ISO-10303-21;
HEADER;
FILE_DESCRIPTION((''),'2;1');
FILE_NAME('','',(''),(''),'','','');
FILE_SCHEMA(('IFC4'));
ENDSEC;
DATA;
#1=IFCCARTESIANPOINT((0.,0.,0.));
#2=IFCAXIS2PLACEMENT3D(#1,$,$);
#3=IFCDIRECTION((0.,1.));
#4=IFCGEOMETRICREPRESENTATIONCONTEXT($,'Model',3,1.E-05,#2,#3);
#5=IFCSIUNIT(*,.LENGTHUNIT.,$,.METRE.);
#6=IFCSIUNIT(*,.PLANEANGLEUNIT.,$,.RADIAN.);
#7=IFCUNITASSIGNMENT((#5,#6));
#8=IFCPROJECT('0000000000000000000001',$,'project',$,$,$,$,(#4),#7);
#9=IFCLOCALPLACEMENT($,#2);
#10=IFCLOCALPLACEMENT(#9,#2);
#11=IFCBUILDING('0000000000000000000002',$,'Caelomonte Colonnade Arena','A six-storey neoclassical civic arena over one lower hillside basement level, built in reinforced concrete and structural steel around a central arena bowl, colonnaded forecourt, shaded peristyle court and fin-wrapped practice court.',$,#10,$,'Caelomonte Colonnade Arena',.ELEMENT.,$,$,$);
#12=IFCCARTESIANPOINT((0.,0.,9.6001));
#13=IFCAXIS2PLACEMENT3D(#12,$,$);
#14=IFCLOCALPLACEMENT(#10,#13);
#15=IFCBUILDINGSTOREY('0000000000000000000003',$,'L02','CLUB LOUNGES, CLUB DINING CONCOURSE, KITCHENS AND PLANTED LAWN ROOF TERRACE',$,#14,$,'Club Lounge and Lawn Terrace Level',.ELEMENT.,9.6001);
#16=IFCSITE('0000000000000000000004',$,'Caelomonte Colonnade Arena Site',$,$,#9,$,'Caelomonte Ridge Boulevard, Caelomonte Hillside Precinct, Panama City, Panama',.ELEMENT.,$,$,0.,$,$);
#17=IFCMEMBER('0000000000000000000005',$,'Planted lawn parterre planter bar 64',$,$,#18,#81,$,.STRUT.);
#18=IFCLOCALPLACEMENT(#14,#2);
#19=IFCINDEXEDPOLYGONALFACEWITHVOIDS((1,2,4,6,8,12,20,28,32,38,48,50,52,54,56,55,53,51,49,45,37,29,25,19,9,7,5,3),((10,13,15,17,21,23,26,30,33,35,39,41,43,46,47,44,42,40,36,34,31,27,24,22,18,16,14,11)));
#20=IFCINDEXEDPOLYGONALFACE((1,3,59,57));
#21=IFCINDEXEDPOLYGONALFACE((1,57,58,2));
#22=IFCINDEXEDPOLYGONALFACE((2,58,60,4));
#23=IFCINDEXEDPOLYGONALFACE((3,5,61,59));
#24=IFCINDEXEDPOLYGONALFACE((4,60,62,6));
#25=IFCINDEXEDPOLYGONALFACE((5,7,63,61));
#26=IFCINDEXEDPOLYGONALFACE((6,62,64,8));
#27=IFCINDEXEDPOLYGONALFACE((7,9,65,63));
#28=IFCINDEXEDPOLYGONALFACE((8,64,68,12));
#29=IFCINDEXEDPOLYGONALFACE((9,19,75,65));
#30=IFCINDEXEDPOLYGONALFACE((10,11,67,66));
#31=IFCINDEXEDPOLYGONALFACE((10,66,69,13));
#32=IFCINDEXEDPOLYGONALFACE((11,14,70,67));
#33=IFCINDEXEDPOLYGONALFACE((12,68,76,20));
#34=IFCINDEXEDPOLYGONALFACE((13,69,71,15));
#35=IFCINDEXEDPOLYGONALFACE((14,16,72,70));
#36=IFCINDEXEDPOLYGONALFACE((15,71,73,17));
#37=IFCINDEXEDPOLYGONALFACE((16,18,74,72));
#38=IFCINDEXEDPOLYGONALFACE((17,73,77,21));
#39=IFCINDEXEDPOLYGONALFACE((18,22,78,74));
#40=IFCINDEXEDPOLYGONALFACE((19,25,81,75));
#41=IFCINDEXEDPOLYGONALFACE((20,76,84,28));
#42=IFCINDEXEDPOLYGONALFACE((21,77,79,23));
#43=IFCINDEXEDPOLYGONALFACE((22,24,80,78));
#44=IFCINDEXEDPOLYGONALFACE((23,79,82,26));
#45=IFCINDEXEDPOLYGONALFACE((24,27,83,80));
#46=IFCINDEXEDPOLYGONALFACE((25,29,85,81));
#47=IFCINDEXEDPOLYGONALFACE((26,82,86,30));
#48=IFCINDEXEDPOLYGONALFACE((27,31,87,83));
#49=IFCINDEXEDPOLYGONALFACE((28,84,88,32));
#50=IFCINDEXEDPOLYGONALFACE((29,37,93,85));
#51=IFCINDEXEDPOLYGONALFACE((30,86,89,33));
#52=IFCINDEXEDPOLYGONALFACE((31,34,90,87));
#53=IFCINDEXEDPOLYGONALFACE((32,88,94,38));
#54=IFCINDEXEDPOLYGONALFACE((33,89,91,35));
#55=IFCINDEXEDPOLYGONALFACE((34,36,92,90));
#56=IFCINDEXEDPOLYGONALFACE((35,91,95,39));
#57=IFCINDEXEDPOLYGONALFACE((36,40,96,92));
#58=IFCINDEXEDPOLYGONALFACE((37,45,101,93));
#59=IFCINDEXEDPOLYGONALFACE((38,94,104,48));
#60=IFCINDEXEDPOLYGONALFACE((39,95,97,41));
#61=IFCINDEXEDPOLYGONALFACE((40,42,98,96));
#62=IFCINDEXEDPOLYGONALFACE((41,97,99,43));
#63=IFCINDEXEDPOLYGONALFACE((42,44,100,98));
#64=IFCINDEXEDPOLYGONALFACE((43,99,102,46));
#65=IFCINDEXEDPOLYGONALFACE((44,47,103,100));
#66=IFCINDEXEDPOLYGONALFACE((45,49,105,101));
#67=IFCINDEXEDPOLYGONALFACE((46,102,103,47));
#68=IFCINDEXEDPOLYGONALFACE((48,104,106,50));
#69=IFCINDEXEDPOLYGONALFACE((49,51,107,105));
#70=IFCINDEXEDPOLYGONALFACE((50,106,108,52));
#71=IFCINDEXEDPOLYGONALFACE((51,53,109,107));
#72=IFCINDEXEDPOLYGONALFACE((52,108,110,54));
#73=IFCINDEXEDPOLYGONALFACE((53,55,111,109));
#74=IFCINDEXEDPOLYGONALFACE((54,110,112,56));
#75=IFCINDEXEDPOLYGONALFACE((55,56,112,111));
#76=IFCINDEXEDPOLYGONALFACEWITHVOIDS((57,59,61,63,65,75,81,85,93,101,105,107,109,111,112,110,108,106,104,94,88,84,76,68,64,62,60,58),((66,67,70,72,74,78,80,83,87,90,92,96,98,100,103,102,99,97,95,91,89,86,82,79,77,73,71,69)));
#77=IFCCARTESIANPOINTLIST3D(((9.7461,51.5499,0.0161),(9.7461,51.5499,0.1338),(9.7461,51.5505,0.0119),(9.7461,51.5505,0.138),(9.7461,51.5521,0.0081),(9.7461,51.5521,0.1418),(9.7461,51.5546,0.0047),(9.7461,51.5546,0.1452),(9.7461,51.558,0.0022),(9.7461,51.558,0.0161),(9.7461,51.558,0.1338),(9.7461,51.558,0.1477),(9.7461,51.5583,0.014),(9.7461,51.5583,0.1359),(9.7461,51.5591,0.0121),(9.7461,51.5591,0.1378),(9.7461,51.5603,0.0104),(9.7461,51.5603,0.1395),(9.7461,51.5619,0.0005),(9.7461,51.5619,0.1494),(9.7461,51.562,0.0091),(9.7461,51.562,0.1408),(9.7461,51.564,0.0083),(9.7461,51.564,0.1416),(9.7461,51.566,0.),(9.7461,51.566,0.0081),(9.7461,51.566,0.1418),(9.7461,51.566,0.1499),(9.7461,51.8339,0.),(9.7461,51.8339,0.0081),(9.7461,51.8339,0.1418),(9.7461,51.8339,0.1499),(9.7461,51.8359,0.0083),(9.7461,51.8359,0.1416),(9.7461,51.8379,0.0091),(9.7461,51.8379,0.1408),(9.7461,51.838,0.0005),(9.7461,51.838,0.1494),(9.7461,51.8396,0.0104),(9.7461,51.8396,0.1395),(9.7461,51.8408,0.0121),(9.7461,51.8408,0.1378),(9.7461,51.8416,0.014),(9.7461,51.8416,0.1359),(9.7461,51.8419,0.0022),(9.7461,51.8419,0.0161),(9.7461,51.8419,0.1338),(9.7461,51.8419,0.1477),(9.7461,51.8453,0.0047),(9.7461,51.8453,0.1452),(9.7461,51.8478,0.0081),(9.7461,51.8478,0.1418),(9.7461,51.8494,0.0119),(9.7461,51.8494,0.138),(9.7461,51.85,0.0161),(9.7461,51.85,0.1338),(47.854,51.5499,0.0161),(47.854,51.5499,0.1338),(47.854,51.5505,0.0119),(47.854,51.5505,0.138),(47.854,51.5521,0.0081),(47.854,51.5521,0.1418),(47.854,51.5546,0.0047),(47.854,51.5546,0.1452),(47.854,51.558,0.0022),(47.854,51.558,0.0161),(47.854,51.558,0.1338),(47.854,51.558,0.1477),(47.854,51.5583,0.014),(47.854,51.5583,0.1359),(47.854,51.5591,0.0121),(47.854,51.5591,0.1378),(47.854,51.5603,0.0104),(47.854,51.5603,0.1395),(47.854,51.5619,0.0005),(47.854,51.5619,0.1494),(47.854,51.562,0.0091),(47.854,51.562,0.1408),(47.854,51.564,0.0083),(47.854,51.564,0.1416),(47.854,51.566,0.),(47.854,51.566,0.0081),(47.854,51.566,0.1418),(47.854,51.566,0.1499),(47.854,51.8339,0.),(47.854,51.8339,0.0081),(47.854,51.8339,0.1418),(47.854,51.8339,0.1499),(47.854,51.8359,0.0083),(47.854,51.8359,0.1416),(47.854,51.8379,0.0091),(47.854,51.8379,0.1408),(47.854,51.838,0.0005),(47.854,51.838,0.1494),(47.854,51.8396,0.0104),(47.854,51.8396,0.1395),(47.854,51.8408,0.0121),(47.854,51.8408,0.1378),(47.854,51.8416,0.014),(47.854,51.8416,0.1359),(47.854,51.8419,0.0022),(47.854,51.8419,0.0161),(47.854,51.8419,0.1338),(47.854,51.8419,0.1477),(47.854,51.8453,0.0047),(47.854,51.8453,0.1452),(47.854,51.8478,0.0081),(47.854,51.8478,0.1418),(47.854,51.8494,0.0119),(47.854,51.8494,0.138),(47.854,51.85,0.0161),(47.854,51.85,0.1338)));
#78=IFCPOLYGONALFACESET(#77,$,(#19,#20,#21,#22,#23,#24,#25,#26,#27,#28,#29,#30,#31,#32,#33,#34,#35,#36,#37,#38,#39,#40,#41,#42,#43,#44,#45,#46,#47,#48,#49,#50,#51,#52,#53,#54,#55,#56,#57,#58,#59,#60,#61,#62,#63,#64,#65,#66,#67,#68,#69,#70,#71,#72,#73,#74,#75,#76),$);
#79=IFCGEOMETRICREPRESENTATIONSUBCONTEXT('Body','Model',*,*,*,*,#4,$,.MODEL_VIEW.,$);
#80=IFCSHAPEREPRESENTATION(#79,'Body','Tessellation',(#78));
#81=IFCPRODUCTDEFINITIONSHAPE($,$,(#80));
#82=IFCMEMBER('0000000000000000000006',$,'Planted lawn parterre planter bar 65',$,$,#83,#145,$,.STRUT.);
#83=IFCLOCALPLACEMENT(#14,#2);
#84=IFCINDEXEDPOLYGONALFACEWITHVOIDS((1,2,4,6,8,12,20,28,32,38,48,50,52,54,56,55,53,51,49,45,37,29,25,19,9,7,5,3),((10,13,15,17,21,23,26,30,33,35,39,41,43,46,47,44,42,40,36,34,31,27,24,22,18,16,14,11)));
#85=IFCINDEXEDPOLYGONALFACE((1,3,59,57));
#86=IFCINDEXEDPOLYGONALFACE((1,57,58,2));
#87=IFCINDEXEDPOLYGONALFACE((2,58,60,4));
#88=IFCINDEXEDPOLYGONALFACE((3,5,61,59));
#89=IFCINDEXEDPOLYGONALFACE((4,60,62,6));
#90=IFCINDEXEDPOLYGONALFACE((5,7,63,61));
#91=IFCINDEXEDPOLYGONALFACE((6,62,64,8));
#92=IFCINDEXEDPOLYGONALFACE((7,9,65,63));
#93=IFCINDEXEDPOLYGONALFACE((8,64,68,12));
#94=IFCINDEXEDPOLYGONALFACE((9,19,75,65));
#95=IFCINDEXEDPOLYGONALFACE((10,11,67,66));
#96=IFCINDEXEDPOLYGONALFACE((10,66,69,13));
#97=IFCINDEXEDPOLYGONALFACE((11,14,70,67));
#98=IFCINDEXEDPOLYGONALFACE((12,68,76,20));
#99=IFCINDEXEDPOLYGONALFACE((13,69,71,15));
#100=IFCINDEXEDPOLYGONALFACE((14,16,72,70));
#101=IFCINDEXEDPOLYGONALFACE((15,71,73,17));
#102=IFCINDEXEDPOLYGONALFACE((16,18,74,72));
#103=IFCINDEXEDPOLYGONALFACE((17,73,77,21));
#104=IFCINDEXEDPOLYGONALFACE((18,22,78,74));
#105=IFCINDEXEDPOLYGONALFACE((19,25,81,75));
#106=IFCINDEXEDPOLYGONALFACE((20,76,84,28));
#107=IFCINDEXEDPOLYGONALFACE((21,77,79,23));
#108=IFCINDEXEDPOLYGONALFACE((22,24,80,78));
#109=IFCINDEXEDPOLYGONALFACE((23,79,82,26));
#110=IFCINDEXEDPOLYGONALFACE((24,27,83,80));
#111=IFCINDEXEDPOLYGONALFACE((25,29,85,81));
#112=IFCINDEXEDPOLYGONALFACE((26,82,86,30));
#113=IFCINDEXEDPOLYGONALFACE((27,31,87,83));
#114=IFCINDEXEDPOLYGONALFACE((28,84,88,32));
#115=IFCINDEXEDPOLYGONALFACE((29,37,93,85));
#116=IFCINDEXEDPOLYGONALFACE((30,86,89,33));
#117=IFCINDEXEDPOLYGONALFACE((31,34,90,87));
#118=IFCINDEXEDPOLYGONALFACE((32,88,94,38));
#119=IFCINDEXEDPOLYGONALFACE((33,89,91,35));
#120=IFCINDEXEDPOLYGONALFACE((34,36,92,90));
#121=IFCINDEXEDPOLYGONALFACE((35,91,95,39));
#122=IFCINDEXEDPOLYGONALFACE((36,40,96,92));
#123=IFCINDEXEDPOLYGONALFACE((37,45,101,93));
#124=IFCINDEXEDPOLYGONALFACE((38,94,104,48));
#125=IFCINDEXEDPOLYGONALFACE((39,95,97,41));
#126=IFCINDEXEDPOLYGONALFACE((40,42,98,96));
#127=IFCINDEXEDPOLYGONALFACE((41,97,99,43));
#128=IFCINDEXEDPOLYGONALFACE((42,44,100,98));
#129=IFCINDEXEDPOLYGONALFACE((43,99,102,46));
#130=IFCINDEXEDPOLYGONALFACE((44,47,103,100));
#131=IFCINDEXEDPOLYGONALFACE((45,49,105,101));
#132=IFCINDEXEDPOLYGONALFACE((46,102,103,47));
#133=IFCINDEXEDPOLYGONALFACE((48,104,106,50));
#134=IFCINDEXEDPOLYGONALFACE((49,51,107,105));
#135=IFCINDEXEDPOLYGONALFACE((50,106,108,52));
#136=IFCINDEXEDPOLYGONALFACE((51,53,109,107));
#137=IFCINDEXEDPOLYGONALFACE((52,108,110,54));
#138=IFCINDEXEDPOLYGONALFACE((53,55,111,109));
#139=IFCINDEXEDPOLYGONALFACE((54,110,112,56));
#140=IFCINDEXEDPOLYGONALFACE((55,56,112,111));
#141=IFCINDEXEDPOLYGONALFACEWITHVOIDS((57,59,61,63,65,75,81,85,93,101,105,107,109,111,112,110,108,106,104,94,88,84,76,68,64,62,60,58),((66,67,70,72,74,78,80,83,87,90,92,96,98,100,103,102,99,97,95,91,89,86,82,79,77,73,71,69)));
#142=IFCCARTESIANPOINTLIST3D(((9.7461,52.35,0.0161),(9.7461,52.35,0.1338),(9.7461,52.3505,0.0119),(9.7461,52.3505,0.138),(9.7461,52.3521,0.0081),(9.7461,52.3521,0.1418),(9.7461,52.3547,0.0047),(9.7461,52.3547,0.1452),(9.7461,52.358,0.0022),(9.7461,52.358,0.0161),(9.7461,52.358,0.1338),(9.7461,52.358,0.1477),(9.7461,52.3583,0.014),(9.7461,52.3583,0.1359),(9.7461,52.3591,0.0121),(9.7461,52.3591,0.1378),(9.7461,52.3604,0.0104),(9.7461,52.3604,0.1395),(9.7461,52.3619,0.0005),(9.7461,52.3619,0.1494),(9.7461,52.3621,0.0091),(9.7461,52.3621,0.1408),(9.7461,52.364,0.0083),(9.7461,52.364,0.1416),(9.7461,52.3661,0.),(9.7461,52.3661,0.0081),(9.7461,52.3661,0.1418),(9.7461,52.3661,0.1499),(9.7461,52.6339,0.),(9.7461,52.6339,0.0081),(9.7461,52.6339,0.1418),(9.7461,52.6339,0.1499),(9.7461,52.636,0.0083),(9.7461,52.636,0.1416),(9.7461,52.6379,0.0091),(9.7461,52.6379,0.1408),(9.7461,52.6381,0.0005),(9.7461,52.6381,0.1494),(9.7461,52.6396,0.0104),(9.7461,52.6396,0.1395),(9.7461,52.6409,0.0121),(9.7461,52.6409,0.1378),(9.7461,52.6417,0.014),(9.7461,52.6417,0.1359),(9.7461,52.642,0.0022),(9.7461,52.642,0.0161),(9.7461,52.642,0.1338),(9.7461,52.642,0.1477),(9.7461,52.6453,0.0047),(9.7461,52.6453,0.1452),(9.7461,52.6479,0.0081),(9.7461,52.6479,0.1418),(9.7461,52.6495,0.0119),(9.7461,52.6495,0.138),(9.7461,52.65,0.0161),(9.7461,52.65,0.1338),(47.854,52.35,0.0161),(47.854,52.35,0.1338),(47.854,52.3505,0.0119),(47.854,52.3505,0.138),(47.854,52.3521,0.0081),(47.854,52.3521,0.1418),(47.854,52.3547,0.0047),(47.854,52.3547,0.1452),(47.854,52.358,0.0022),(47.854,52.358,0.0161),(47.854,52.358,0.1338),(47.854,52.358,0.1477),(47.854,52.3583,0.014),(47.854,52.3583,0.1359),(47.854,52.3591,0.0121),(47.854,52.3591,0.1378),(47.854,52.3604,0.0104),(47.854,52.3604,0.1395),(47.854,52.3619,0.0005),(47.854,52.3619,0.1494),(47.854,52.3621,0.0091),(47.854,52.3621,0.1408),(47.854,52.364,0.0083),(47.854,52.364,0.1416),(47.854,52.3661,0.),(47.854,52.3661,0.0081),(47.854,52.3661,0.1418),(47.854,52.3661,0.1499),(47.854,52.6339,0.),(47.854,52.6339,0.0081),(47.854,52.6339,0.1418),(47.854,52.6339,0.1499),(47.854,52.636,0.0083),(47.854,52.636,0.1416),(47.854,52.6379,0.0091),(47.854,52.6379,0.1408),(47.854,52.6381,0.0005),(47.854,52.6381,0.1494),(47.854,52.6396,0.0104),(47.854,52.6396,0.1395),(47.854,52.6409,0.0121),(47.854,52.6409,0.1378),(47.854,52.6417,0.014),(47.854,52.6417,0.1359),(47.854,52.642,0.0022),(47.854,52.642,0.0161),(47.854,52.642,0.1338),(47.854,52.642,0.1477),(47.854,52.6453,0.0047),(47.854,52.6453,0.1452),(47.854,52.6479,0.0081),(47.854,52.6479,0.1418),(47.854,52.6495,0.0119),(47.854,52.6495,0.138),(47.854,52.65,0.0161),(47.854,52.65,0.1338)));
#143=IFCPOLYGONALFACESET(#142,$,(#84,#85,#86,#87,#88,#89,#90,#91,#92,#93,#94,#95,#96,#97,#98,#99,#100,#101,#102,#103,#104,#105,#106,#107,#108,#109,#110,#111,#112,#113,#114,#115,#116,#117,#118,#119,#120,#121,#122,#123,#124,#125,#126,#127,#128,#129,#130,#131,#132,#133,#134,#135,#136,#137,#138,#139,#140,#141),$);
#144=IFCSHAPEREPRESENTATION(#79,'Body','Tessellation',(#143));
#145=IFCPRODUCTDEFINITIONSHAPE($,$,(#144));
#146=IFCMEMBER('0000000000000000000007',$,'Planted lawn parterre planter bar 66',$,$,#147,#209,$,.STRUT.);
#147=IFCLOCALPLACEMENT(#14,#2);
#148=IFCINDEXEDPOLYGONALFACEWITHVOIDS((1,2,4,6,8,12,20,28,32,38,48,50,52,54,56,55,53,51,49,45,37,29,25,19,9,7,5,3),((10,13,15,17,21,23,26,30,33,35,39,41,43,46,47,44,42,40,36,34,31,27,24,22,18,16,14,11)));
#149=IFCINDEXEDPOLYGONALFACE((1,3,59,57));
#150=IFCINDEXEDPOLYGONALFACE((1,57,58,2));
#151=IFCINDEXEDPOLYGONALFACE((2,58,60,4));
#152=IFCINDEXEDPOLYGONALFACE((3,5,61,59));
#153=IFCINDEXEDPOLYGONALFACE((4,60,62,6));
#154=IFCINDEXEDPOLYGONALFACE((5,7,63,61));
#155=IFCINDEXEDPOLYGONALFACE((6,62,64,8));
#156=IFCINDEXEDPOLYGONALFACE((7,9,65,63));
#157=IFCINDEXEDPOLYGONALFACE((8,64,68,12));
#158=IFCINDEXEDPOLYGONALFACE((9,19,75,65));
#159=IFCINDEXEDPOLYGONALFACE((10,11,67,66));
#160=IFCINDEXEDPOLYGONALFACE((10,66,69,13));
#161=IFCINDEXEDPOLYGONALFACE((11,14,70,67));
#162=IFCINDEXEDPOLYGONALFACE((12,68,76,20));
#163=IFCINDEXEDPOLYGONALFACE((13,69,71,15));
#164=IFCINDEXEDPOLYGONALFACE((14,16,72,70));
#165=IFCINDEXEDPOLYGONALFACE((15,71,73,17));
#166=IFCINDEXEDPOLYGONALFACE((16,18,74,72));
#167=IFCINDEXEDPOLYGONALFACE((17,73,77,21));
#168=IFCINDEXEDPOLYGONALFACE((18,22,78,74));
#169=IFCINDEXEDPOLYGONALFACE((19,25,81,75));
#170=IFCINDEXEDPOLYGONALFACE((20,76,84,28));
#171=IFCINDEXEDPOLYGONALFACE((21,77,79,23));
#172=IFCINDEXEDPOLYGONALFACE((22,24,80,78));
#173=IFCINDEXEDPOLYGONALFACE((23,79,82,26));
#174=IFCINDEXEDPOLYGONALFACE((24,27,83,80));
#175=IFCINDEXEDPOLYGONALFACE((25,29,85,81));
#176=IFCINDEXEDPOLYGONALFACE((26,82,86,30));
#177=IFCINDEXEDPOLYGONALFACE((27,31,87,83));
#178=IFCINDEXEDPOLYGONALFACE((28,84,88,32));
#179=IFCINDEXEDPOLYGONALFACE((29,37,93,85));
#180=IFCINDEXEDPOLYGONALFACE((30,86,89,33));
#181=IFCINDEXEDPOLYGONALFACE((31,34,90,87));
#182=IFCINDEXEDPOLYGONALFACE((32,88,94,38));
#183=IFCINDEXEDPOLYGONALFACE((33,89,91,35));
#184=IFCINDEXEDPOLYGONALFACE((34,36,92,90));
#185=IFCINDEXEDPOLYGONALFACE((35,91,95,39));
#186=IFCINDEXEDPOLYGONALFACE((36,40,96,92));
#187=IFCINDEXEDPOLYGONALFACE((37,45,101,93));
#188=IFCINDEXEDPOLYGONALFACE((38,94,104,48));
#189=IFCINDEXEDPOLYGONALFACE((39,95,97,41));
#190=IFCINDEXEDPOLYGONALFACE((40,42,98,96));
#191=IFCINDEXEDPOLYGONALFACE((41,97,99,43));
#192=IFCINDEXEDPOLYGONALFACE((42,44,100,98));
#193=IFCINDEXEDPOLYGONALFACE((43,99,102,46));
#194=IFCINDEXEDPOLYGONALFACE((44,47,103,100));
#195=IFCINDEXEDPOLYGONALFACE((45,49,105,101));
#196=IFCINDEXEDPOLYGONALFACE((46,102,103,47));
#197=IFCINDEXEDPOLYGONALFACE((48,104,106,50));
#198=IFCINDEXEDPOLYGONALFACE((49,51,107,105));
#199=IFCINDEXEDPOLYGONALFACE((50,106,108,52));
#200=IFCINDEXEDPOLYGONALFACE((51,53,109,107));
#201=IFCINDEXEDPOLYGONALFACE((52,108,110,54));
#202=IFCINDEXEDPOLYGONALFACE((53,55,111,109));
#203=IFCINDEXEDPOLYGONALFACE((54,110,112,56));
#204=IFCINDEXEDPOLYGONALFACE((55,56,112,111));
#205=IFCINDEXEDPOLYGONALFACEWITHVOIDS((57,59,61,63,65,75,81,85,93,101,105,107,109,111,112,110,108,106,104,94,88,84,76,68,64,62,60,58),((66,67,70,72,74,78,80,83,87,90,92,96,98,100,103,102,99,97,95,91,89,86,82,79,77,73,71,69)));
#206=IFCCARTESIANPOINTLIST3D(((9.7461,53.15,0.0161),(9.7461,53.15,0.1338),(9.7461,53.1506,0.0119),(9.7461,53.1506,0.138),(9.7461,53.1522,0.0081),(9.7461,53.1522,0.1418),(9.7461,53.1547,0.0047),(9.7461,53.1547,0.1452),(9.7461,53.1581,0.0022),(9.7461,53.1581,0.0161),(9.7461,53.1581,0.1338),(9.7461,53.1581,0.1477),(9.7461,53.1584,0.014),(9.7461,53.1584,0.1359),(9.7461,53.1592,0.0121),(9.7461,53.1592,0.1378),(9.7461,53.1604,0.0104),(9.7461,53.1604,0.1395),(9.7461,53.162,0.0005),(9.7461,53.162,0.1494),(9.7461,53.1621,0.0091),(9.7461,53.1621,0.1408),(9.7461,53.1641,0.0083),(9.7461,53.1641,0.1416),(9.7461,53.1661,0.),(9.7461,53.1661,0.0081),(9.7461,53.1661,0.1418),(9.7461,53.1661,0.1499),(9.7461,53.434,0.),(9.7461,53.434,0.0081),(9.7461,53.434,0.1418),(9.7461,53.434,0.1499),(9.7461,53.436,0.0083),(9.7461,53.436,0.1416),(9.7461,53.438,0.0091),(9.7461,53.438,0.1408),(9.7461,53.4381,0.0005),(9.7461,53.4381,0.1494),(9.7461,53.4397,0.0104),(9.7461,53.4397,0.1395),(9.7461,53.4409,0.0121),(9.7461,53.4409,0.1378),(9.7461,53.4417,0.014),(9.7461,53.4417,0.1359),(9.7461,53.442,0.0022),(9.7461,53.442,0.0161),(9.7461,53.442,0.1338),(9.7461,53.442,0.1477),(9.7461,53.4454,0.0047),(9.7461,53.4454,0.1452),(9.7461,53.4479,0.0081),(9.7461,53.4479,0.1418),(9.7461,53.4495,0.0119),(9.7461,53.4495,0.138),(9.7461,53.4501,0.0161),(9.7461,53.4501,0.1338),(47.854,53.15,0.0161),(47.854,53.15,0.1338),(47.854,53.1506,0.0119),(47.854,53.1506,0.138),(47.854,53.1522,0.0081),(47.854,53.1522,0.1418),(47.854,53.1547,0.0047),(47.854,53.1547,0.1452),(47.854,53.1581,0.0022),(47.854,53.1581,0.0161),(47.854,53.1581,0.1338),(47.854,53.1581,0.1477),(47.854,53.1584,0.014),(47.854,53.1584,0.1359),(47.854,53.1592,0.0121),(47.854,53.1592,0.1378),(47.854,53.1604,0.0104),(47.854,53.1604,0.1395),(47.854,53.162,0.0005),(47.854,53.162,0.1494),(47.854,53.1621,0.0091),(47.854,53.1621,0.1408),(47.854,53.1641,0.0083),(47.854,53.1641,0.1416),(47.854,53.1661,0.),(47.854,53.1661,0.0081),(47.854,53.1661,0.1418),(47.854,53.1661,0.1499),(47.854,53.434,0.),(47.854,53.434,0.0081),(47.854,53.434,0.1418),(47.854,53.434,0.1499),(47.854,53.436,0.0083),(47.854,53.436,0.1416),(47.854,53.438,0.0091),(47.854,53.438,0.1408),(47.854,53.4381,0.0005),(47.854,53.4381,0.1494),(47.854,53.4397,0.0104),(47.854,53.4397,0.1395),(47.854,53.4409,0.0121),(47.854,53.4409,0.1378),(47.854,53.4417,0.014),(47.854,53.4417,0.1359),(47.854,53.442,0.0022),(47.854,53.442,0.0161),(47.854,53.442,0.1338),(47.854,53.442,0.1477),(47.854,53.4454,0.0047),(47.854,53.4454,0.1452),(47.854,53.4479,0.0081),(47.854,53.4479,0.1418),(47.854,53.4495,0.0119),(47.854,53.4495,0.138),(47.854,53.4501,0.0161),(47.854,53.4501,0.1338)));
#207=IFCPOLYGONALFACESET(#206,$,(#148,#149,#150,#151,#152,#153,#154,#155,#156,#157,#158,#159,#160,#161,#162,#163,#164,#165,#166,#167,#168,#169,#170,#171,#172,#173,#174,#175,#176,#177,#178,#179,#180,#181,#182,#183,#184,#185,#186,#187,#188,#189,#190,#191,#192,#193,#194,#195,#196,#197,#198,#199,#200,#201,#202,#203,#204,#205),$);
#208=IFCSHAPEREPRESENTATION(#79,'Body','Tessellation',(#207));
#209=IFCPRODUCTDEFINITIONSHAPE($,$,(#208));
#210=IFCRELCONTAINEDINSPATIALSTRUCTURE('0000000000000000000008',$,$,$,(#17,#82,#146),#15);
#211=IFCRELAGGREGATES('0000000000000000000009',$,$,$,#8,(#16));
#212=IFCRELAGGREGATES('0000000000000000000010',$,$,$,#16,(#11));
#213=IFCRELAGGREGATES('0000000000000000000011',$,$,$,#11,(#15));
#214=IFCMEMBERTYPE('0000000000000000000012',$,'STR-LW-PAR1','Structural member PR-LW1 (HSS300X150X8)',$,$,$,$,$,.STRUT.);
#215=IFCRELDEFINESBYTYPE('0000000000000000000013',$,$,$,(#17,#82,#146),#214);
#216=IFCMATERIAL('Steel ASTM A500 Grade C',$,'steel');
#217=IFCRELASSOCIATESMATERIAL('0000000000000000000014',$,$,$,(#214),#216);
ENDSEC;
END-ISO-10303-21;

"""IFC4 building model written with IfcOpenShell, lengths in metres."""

from ifc_helpers import new_model, si_unit, direction, frame, origin, origin_2d, place, context, subcontext, project, spatial, hollow_rectangle, extrude, material, material_profile, profile_set, type_object, element, save


model = new_model("IFC4")

# Units and contexts
model_context = context("Model", 3, precision=1e-05, world=origin(), true_north=direction((0.0, 1.0)))
body_context = subcontext(model_context, "Body", "Model", "MODEL_VIEW")
ifc_project = project(units=[si_unit("LENGTHUNIT", "METRE"), si_unit("PLANEANGLEUNIT", "RADIAN")], contexts=[model_context])

# Site, building, storey
site_placement = place(None, origin())
site = spatial("IfcSite", under=ifc_project, at=site_placement, Name="Caelomonte Colonnade Arena Site", LongName="Caelomonte Ridge Boulevard, Caelomonte Hillside Precinct, Panama City, Panama", CompositionType="ELEMENT", RefElevation=0.0)
building_placement = place(site_placement, origin())
building = spatial("IfcBuilding", under=site, at=building_placement, Name="Caelomonte Colonnade Arena", Description="A six-storey neoclassical civic arena over one lower hillside basement level, built in reinforced concrete and structural steel around a central arena bowl, colonnaded forecourt, shaded peristyle court and fin-wrapped practice court.", LongName="Caelomonte Colonnade Arena", CompositionType="ELEMENT")
storey_placement = place(building_placement, frame((0.0, 0.0, 9.6001)))
storey = spatial("IfcBuildingStorey", under=building, at=storey_placement, Name="L02", Description="CLUB LOUNGES, CLUB DINING CONCOURSE, KITCHENS AND PLANTED LAWN ROOF TERRACE", LongName="Club Lounge and Lawn Terrace Level", CompositionType="ELEMENT", Elevation=9.6001)

# Members
ifc_material_1 = material(Name="Steel ASTM A500 Grade C", Category="steel")
ifc_material_profile_1 = material_profile(ifc_material_1, hollow_rectangle(XDim=0.3, YDim=0.1499, WallThickness=0.0081, InnerFilletRadius=0.0081, OuterFilletRadius=0.0161, at=origin_2d()), Name="HSS300X150X8")
ifc_profile_set_1 = profile_set([ifc_material_profile_1], Name="Steel ASTM A500 Grade C")
member_type = type_object("IfcMemberType", Name="STR-LW-PAR1", Description="Structural member PR-LW1 (HSS300X150X8)", PredefinedType="STRUT", material=ifc_profile_set_1)
for number, where, z_axis, x_axis, name in (
    (1, (9.7461, 51.7, 0.075), (1.0, 0.0, 0.0), (0.0, 1.0, 0.0), "Planted lawn parterre planter bar 64"),
    (2, (9.7461, 52.5, 0.075), (1.0, 0.0, 0.0), (0.0, 1.0, 0.0), "Planted lawn parterre planter bar 65"),
    (3, (9.7461, 53.3, 0.075), (1.0, 0.0, 0.0), (0.0, 1.0, 0.0), "Planted lawn parterre planter bar 66"),
):
    element("IfcMember", number, at=place(storey_placement, frame(where, z_axis=z_axis, x_axis=x_axis)), inside=storey, type_object=member_type, Name=name, PredefinedType="STRUT", context=body_context, shape_type="SweptSolid", body=[
        extrude(hollow_rectangle(XDim=0.3, YDim=0.1499, WallThickness=0.0081, InnerFilletRadius=0.0081, OuterFilletRadius=0.0161, at=origin_2d()), origin(), (0.0, 0.0, 1.0), 38.1079),
    ])

save(model, "model.ifc")
